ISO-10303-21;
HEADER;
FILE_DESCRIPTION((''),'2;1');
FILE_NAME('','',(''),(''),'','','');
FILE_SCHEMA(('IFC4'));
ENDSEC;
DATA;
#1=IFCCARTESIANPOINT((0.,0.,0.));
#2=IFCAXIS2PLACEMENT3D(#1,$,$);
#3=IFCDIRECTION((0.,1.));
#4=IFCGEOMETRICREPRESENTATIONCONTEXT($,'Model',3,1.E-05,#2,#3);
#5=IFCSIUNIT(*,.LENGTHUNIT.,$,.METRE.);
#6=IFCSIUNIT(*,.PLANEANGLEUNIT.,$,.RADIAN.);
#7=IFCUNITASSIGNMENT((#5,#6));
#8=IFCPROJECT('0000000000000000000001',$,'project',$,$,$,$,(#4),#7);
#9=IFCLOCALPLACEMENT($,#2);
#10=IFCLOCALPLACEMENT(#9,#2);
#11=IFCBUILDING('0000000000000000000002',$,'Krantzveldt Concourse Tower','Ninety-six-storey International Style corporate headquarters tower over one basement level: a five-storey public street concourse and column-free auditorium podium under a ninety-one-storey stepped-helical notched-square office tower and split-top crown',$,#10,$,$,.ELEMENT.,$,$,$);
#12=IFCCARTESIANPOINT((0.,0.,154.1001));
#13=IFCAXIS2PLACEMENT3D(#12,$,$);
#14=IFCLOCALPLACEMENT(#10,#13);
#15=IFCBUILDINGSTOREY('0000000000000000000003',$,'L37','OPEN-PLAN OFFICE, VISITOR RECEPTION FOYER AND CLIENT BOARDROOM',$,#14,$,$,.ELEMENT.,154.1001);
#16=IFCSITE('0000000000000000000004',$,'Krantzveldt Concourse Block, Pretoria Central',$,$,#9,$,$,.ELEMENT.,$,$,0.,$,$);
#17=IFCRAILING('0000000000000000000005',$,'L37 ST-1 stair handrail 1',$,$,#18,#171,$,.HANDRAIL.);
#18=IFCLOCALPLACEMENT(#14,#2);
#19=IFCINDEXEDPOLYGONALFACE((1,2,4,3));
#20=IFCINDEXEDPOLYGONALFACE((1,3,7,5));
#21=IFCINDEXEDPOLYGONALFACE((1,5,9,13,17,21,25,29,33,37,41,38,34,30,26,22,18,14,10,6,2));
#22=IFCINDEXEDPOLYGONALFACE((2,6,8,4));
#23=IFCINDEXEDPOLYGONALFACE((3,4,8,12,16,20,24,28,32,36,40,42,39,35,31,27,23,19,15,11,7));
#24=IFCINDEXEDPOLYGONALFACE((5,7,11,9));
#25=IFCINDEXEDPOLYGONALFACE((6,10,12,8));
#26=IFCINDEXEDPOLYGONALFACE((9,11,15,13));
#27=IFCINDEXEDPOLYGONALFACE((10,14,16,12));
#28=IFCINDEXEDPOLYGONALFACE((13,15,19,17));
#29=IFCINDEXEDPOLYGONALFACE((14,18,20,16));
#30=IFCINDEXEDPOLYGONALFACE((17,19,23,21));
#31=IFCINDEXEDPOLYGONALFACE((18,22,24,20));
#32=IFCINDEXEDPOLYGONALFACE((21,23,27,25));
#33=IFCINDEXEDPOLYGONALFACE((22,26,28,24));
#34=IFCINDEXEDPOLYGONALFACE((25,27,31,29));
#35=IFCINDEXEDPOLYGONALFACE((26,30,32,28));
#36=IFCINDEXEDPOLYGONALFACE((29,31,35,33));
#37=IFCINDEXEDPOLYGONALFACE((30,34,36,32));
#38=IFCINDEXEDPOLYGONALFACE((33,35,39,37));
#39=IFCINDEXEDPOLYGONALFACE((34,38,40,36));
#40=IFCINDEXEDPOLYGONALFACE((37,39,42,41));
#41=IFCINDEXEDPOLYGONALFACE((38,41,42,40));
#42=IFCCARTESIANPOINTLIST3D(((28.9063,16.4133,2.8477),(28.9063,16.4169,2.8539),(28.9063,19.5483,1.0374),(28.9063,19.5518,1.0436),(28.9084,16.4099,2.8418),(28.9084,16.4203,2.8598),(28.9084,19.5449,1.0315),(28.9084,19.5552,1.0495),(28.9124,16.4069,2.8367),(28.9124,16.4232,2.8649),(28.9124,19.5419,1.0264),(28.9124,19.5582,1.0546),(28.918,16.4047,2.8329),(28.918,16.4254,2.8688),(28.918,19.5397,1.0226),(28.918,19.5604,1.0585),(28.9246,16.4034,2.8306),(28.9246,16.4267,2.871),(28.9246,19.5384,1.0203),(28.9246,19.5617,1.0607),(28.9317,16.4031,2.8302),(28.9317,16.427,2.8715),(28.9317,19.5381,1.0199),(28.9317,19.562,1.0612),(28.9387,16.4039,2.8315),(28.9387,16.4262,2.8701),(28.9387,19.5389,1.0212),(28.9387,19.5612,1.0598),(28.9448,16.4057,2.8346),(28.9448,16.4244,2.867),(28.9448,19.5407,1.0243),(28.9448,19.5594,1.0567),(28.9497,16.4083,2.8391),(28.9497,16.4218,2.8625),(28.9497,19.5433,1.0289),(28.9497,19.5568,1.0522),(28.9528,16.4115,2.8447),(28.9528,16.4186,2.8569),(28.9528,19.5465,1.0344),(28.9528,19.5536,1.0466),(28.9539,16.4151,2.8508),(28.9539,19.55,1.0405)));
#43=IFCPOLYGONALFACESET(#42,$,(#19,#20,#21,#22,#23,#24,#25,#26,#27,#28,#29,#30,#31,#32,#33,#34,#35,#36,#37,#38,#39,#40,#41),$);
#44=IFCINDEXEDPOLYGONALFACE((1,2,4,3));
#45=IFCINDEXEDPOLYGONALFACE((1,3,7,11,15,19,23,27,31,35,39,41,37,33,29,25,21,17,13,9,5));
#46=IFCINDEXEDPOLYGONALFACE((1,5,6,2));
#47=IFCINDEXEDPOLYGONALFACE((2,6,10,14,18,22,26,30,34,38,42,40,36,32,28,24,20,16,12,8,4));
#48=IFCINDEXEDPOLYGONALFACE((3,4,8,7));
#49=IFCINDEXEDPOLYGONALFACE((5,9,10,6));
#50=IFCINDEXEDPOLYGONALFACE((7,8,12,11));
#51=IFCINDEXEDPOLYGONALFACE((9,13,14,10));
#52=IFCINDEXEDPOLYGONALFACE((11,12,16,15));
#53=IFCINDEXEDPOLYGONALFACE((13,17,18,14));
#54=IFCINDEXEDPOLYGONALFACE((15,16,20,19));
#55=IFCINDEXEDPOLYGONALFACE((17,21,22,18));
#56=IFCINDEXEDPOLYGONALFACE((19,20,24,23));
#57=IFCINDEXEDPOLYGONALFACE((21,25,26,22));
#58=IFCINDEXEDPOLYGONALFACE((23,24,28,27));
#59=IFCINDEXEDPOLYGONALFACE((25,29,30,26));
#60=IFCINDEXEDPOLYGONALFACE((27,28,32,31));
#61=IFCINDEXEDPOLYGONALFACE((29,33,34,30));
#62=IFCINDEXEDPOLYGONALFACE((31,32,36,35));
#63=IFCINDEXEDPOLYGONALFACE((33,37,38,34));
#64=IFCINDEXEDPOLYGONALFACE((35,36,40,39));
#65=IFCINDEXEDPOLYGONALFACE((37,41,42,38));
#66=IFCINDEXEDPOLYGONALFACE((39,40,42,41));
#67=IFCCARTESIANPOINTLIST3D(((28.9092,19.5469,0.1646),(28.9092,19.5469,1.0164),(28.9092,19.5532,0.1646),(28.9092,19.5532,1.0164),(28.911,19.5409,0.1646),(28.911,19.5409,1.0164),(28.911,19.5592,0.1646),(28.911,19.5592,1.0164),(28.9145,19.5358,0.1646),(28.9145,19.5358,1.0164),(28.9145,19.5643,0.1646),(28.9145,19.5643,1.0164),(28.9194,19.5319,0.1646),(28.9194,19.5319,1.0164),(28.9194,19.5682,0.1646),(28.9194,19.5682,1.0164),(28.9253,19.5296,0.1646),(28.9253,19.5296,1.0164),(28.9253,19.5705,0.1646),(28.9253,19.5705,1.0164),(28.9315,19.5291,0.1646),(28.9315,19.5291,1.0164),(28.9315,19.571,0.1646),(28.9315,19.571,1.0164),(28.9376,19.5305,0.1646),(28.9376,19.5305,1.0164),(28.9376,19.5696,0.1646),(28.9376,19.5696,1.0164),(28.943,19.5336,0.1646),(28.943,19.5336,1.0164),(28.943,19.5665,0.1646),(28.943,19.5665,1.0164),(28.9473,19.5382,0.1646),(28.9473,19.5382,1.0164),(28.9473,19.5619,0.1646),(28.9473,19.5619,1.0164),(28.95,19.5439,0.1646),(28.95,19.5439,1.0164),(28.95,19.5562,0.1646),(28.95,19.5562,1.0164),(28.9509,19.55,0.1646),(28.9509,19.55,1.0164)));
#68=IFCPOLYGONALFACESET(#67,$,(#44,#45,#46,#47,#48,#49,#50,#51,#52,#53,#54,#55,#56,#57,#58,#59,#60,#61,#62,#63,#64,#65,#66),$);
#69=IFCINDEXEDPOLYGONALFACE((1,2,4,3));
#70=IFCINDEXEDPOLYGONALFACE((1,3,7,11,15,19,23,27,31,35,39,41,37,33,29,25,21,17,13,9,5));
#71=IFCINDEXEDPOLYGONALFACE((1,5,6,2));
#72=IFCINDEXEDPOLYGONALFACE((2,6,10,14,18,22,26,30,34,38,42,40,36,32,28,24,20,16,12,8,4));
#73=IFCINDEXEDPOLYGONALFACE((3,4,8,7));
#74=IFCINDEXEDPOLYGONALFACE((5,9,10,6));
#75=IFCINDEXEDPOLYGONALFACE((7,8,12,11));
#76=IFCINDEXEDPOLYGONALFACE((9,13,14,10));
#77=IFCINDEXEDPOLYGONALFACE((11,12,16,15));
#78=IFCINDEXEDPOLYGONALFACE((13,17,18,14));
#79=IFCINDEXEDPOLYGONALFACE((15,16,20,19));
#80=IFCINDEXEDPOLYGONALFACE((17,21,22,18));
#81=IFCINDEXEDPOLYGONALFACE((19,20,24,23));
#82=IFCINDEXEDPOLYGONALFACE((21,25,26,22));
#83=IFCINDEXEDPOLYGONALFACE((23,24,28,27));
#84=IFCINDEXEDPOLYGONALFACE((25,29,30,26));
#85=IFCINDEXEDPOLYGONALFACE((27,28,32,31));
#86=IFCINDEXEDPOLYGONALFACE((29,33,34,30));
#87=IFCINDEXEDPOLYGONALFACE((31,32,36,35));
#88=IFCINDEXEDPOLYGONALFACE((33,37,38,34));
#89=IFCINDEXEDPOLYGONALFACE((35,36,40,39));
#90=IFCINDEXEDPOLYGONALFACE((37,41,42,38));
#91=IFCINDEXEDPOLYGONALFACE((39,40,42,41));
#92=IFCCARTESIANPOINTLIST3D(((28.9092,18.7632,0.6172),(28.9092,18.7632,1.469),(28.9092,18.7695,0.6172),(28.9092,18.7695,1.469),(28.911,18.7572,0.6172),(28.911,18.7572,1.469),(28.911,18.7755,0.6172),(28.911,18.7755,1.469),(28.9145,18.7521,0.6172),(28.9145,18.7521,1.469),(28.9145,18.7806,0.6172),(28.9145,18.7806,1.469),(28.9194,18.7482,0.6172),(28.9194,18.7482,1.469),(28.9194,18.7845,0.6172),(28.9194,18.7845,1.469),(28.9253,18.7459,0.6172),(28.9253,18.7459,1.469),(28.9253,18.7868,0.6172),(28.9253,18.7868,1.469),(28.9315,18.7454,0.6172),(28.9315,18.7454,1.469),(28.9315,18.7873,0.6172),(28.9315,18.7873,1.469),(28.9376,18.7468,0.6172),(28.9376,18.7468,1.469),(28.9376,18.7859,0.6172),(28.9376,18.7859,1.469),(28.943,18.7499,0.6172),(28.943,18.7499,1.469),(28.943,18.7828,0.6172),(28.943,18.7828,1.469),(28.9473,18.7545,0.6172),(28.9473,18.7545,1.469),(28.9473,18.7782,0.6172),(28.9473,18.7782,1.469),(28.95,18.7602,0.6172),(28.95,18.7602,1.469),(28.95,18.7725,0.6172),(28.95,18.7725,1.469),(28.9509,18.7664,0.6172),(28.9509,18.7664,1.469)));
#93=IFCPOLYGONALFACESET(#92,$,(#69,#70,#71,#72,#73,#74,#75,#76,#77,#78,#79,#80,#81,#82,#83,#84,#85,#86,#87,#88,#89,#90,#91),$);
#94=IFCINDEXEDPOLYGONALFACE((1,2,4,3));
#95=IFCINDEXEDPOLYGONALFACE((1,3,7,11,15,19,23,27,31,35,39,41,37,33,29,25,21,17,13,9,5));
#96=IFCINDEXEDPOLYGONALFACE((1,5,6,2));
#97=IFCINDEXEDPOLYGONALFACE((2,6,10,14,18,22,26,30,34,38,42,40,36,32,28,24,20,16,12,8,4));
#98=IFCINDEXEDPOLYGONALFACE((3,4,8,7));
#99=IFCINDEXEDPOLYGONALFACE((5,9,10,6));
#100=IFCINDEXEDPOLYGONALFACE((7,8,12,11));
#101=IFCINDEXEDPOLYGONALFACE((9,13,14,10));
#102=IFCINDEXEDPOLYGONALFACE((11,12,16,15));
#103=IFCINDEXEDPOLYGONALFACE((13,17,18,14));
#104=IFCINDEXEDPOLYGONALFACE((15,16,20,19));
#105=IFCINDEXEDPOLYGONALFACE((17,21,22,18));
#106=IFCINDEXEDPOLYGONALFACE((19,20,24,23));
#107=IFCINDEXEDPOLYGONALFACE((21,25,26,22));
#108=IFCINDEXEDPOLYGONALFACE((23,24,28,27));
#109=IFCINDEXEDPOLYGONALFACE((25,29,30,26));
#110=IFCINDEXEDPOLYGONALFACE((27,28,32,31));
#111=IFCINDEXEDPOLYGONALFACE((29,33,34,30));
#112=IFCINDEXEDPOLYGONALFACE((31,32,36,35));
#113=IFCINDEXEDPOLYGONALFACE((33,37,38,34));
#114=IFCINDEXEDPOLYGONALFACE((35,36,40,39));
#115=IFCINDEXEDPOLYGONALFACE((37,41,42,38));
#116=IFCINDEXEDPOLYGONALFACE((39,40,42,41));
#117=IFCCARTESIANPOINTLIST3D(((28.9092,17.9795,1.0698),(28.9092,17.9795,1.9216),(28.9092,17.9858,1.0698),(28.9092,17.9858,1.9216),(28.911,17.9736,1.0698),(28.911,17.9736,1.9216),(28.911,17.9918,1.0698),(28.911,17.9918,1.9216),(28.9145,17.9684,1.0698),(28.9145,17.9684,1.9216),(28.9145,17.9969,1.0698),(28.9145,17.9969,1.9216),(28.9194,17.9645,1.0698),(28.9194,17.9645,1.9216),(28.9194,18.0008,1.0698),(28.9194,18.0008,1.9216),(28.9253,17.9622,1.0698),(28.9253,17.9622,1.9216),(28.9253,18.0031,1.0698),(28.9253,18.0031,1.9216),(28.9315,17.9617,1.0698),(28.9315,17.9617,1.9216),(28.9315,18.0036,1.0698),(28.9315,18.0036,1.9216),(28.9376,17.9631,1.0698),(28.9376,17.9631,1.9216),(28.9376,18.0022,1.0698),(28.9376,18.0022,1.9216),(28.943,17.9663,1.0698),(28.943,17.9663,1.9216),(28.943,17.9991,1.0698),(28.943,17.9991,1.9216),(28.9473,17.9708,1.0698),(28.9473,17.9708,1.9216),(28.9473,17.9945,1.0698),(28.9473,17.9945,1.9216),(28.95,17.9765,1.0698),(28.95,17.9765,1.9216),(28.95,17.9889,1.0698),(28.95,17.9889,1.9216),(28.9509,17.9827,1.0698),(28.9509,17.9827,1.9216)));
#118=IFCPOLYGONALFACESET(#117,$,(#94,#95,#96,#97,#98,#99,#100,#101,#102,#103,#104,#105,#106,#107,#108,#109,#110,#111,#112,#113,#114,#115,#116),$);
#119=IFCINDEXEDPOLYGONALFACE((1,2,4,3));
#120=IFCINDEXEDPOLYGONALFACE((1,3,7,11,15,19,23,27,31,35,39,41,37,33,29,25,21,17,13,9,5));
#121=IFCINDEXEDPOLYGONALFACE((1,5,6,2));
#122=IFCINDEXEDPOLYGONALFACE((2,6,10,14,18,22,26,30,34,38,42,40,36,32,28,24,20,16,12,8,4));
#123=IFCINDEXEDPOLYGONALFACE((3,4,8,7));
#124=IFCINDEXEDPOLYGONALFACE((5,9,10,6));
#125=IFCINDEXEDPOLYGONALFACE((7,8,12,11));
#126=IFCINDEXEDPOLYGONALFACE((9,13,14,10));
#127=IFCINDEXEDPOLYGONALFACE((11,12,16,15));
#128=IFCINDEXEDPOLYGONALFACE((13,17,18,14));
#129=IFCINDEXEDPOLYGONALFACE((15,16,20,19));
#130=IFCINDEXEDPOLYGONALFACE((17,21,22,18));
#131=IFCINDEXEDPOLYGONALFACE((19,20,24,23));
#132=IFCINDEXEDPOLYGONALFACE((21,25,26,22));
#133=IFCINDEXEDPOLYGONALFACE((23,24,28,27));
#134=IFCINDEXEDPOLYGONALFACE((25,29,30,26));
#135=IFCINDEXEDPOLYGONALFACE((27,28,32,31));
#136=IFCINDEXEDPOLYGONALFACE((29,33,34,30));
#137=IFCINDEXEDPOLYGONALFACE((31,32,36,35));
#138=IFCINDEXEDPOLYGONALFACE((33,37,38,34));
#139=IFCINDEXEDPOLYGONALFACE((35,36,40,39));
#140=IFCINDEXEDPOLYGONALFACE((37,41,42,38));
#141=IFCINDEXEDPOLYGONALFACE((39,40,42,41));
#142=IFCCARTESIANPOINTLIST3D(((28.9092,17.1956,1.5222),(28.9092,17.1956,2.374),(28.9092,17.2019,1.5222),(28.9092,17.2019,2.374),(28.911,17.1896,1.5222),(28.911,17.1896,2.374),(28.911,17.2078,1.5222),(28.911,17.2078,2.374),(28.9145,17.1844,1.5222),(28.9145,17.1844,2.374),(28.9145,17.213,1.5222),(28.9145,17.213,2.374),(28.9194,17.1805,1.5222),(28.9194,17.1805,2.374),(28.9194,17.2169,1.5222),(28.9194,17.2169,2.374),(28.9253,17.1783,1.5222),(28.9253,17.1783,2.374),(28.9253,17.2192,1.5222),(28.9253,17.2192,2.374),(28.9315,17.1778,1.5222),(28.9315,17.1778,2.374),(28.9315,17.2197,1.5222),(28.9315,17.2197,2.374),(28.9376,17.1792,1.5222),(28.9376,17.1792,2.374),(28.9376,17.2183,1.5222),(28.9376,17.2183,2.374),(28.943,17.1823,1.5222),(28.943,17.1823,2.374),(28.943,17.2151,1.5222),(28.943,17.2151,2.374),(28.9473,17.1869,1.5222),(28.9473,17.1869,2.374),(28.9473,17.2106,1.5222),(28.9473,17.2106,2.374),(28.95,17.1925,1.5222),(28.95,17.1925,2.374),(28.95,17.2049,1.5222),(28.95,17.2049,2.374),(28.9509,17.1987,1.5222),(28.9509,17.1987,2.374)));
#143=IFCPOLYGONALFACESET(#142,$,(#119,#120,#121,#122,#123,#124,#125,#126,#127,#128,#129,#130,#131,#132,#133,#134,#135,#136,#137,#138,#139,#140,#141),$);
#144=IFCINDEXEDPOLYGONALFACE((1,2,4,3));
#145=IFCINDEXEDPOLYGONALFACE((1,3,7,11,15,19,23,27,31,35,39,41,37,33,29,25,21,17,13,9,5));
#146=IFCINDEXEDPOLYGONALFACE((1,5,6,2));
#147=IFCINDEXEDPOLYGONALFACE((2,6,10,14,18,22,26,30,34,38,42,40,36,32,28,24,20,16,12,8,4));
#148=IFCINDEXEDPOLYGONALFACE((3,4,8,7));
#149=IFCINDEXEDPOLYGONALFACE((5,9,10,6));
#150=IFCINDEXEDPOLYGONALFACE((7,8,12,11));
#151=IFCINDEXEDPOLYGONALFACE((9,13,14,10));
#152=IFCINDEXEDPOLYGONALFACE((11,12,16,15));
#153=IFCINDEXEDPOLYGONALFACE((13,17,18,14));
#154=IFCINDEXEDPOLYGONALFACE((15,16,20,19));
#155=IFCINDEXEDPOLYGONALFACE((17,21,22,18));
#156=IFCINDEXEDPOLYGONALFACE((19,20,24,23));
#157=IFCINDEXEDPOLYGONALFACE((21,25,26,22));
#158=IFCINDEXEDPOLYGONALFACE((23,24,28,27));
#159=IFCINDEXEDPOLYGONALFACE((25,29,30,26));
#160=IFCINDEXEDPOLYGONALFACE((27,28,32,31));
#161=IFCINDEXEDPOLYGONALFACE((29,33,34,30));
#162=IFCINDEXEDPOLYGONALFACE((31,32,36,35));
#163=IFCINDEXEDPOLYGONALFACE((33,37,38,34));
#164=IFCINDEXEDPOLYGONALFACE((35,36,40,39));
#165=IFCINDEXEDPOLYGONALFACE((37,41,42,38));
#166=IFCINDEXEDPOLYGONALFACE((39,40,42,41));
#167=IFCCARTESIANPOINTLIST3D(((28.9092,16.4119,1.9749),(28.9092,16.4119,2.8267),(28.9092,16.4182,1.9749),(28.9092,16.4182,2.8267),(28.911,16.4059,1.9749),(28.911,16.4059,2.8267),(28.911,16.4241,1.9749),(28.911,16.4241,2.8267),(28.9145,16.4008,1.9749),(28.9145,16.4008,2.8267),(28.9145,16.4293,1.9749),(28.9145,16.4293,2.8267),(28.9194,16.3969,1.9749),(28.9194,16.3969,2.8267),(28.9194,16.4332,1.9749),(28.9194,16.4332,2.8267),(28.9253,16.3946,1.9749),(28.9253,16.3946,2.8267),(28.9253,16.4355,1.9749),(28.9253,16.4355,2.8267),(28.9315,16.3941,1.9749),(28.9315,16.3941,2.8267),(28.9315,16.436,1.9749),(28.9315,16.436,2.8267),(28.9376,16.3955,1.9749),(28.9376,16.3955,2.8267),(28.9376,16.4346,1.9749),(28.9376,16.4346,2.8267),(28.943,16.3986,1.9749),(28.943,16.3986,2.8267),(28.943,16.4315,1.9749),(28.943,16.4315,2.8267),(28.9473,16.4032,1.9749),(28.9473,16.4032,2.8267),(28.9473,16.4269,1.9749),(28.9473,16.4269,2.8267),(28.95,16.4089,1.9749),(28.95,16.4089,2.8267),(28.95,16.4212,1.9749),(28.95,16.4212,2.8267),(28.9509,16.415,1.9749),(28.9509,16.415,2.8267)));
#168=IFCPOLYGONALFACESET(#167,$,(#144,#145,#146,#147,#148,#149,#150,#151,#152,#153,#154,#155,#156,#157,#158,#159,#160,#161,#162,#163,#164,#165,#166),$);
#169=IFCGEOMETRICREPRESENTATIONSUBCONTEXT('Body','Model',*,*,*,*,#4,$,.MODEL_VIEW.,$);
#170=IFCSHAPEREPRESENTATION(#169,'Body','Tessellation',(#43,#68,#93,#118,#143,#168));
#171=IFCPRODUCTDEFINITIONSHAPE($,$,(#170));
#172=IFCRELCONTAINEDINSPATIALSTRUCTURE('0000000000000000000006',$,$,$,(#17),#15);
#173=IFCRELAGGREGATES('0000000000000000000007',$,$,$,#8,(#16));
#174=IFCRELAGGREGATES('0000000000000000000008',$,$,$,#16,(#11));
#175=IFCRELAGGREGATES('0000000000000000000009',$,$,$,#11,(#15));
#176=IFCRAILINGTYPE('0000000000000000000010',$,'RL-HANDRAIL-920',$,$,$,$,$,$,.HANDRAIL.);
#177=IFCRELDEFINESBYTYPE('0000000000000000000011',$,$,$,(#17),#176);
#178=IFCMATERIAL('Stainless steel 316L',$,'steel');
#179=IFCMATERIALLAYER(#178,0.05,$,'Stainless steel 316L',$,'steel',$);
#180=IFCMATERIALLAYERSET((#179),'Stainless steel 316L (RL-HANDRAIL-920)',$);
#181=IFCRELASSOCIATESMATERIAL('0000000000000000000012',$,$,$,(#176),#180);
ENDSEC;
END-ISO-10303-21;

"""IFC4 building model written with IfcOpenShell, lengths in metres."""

from ifc_helpers import new_model, si_unit, direction, frame, origin, origin_2d, place, context, subcontext, project, spatial, circle, extrude, material, layer, layer_set, type_object, element, save


model = new_model("IFC4")

# Units and contexts
model_context = context("Model", 3, precision=1e-05, world=origin(), true_north=direction((0.0, 1.0)))
body_context = subcontext(model_context, "Body", "Model", "MODEL_VIEW")
ifc_project = project(units=[si_unit("LENGTHUNIT", "METRE"), si_unit("PLANEANGLEUNIT", "RADIAN")], contexts=[model_context])

# Site, building, storey
site_placement = place(None, origin())
site = spatial("IfcSite", under=ifc_project, at=site_placement, Name="Krantzveldt Concourse Block, Pretoria Central", CompositionType="ELEMENT", RefElevation=0.0)
building_placement = place(site_placement, origin())
building = spatial("IfcBuilding", under=site, at=building_placement, Name="Krantzveldt Concourse Tower", Description="Ninety-six-storey International Style corporate headquarters tower over one basement level: a five-storey public street concourse and column-free auditorium podium under a ninety-one-storey stepped-helical notched-square office tower and split-top crown", CompositionType="ELEMENT")
storey_placement = place(building_placement, frame((0.0, 0.0, 154.1001)))
storey = spatial("IfcBuildingStorey", under=building, at=storey_placement, Name="L37", Description="OPEN-PLAN OFFICE, VISITOR RECEPTION FOYER AND CLIENT BOARDROOM", CompositionType="ELEMENT", Elevation=154.1001)

# Railing
ifc_material_1 = material(Name="Stainless steel 316L", Category="steel")
ifc_layer_1 = layer(ifc_material_1, 0.05, Name="Stainless steel 316L", Category="steel")
ifc_layer_set_1 = layer_set([ifc_layer_1], Name="Stainless steel 316L (RL-HANDRAIL-920)")
railing_type_1 = type_object("IfcRailingType", Name="RL-HANDRAIL-920", PredefinedType="HANDRAIL", material=ifc_layer_set_1)
railing_1_placement = place(storey_placement, frame((28.9299, 19.55, 0.1646)))
element("IfcRailing", 1, at=railing_1_placement, inside=storey, type_object=railing_type_1, Name="L37 ST-1 stair handrail 1", PredefinedType="HANDRAIL", context=body_context, shape_type="SweptSolid", body=[
    extrude(circle(Radius=0.0239, at=origin_2d()), frame((0.0, 0.0, 0.876), z_axis=(0.0, -0.865989, 0.500063), x_axis=(1.0, 0.0, 0.0)), (0.0, 0.0, 1.0), 3.6201),
    extrude(circle(Radius=0.021, at=origin_2d()), origin(), (0.0, 0.0, 1.0), 0.8518),
    extrude(circle(Radius=0.021, at=origin_2d()), frame((0.0, -0.7837, 0.4526)), (0.0, 0.0, 1.0), 0.8518),
    extrude(circle(Radius=0.021, at=origin_2d()), frame((0.0, -1.5674, 0.9053)), (0.0, 0.0, 1.0), 0.8518),
    extrude(circle(Radius=0.021, at=origin_2d()), frame((0.0, -2.3513, 1.3577)), (0.0, 0.0, 1.0), 0.8518),
    extrude(circle(Radius=0.021, at=origin_2d()), frame((0.0, -3.135, 1.8103)), (0.0, 0.0, 1.0), 0.8518),
])

save(model, "model.ifc")
